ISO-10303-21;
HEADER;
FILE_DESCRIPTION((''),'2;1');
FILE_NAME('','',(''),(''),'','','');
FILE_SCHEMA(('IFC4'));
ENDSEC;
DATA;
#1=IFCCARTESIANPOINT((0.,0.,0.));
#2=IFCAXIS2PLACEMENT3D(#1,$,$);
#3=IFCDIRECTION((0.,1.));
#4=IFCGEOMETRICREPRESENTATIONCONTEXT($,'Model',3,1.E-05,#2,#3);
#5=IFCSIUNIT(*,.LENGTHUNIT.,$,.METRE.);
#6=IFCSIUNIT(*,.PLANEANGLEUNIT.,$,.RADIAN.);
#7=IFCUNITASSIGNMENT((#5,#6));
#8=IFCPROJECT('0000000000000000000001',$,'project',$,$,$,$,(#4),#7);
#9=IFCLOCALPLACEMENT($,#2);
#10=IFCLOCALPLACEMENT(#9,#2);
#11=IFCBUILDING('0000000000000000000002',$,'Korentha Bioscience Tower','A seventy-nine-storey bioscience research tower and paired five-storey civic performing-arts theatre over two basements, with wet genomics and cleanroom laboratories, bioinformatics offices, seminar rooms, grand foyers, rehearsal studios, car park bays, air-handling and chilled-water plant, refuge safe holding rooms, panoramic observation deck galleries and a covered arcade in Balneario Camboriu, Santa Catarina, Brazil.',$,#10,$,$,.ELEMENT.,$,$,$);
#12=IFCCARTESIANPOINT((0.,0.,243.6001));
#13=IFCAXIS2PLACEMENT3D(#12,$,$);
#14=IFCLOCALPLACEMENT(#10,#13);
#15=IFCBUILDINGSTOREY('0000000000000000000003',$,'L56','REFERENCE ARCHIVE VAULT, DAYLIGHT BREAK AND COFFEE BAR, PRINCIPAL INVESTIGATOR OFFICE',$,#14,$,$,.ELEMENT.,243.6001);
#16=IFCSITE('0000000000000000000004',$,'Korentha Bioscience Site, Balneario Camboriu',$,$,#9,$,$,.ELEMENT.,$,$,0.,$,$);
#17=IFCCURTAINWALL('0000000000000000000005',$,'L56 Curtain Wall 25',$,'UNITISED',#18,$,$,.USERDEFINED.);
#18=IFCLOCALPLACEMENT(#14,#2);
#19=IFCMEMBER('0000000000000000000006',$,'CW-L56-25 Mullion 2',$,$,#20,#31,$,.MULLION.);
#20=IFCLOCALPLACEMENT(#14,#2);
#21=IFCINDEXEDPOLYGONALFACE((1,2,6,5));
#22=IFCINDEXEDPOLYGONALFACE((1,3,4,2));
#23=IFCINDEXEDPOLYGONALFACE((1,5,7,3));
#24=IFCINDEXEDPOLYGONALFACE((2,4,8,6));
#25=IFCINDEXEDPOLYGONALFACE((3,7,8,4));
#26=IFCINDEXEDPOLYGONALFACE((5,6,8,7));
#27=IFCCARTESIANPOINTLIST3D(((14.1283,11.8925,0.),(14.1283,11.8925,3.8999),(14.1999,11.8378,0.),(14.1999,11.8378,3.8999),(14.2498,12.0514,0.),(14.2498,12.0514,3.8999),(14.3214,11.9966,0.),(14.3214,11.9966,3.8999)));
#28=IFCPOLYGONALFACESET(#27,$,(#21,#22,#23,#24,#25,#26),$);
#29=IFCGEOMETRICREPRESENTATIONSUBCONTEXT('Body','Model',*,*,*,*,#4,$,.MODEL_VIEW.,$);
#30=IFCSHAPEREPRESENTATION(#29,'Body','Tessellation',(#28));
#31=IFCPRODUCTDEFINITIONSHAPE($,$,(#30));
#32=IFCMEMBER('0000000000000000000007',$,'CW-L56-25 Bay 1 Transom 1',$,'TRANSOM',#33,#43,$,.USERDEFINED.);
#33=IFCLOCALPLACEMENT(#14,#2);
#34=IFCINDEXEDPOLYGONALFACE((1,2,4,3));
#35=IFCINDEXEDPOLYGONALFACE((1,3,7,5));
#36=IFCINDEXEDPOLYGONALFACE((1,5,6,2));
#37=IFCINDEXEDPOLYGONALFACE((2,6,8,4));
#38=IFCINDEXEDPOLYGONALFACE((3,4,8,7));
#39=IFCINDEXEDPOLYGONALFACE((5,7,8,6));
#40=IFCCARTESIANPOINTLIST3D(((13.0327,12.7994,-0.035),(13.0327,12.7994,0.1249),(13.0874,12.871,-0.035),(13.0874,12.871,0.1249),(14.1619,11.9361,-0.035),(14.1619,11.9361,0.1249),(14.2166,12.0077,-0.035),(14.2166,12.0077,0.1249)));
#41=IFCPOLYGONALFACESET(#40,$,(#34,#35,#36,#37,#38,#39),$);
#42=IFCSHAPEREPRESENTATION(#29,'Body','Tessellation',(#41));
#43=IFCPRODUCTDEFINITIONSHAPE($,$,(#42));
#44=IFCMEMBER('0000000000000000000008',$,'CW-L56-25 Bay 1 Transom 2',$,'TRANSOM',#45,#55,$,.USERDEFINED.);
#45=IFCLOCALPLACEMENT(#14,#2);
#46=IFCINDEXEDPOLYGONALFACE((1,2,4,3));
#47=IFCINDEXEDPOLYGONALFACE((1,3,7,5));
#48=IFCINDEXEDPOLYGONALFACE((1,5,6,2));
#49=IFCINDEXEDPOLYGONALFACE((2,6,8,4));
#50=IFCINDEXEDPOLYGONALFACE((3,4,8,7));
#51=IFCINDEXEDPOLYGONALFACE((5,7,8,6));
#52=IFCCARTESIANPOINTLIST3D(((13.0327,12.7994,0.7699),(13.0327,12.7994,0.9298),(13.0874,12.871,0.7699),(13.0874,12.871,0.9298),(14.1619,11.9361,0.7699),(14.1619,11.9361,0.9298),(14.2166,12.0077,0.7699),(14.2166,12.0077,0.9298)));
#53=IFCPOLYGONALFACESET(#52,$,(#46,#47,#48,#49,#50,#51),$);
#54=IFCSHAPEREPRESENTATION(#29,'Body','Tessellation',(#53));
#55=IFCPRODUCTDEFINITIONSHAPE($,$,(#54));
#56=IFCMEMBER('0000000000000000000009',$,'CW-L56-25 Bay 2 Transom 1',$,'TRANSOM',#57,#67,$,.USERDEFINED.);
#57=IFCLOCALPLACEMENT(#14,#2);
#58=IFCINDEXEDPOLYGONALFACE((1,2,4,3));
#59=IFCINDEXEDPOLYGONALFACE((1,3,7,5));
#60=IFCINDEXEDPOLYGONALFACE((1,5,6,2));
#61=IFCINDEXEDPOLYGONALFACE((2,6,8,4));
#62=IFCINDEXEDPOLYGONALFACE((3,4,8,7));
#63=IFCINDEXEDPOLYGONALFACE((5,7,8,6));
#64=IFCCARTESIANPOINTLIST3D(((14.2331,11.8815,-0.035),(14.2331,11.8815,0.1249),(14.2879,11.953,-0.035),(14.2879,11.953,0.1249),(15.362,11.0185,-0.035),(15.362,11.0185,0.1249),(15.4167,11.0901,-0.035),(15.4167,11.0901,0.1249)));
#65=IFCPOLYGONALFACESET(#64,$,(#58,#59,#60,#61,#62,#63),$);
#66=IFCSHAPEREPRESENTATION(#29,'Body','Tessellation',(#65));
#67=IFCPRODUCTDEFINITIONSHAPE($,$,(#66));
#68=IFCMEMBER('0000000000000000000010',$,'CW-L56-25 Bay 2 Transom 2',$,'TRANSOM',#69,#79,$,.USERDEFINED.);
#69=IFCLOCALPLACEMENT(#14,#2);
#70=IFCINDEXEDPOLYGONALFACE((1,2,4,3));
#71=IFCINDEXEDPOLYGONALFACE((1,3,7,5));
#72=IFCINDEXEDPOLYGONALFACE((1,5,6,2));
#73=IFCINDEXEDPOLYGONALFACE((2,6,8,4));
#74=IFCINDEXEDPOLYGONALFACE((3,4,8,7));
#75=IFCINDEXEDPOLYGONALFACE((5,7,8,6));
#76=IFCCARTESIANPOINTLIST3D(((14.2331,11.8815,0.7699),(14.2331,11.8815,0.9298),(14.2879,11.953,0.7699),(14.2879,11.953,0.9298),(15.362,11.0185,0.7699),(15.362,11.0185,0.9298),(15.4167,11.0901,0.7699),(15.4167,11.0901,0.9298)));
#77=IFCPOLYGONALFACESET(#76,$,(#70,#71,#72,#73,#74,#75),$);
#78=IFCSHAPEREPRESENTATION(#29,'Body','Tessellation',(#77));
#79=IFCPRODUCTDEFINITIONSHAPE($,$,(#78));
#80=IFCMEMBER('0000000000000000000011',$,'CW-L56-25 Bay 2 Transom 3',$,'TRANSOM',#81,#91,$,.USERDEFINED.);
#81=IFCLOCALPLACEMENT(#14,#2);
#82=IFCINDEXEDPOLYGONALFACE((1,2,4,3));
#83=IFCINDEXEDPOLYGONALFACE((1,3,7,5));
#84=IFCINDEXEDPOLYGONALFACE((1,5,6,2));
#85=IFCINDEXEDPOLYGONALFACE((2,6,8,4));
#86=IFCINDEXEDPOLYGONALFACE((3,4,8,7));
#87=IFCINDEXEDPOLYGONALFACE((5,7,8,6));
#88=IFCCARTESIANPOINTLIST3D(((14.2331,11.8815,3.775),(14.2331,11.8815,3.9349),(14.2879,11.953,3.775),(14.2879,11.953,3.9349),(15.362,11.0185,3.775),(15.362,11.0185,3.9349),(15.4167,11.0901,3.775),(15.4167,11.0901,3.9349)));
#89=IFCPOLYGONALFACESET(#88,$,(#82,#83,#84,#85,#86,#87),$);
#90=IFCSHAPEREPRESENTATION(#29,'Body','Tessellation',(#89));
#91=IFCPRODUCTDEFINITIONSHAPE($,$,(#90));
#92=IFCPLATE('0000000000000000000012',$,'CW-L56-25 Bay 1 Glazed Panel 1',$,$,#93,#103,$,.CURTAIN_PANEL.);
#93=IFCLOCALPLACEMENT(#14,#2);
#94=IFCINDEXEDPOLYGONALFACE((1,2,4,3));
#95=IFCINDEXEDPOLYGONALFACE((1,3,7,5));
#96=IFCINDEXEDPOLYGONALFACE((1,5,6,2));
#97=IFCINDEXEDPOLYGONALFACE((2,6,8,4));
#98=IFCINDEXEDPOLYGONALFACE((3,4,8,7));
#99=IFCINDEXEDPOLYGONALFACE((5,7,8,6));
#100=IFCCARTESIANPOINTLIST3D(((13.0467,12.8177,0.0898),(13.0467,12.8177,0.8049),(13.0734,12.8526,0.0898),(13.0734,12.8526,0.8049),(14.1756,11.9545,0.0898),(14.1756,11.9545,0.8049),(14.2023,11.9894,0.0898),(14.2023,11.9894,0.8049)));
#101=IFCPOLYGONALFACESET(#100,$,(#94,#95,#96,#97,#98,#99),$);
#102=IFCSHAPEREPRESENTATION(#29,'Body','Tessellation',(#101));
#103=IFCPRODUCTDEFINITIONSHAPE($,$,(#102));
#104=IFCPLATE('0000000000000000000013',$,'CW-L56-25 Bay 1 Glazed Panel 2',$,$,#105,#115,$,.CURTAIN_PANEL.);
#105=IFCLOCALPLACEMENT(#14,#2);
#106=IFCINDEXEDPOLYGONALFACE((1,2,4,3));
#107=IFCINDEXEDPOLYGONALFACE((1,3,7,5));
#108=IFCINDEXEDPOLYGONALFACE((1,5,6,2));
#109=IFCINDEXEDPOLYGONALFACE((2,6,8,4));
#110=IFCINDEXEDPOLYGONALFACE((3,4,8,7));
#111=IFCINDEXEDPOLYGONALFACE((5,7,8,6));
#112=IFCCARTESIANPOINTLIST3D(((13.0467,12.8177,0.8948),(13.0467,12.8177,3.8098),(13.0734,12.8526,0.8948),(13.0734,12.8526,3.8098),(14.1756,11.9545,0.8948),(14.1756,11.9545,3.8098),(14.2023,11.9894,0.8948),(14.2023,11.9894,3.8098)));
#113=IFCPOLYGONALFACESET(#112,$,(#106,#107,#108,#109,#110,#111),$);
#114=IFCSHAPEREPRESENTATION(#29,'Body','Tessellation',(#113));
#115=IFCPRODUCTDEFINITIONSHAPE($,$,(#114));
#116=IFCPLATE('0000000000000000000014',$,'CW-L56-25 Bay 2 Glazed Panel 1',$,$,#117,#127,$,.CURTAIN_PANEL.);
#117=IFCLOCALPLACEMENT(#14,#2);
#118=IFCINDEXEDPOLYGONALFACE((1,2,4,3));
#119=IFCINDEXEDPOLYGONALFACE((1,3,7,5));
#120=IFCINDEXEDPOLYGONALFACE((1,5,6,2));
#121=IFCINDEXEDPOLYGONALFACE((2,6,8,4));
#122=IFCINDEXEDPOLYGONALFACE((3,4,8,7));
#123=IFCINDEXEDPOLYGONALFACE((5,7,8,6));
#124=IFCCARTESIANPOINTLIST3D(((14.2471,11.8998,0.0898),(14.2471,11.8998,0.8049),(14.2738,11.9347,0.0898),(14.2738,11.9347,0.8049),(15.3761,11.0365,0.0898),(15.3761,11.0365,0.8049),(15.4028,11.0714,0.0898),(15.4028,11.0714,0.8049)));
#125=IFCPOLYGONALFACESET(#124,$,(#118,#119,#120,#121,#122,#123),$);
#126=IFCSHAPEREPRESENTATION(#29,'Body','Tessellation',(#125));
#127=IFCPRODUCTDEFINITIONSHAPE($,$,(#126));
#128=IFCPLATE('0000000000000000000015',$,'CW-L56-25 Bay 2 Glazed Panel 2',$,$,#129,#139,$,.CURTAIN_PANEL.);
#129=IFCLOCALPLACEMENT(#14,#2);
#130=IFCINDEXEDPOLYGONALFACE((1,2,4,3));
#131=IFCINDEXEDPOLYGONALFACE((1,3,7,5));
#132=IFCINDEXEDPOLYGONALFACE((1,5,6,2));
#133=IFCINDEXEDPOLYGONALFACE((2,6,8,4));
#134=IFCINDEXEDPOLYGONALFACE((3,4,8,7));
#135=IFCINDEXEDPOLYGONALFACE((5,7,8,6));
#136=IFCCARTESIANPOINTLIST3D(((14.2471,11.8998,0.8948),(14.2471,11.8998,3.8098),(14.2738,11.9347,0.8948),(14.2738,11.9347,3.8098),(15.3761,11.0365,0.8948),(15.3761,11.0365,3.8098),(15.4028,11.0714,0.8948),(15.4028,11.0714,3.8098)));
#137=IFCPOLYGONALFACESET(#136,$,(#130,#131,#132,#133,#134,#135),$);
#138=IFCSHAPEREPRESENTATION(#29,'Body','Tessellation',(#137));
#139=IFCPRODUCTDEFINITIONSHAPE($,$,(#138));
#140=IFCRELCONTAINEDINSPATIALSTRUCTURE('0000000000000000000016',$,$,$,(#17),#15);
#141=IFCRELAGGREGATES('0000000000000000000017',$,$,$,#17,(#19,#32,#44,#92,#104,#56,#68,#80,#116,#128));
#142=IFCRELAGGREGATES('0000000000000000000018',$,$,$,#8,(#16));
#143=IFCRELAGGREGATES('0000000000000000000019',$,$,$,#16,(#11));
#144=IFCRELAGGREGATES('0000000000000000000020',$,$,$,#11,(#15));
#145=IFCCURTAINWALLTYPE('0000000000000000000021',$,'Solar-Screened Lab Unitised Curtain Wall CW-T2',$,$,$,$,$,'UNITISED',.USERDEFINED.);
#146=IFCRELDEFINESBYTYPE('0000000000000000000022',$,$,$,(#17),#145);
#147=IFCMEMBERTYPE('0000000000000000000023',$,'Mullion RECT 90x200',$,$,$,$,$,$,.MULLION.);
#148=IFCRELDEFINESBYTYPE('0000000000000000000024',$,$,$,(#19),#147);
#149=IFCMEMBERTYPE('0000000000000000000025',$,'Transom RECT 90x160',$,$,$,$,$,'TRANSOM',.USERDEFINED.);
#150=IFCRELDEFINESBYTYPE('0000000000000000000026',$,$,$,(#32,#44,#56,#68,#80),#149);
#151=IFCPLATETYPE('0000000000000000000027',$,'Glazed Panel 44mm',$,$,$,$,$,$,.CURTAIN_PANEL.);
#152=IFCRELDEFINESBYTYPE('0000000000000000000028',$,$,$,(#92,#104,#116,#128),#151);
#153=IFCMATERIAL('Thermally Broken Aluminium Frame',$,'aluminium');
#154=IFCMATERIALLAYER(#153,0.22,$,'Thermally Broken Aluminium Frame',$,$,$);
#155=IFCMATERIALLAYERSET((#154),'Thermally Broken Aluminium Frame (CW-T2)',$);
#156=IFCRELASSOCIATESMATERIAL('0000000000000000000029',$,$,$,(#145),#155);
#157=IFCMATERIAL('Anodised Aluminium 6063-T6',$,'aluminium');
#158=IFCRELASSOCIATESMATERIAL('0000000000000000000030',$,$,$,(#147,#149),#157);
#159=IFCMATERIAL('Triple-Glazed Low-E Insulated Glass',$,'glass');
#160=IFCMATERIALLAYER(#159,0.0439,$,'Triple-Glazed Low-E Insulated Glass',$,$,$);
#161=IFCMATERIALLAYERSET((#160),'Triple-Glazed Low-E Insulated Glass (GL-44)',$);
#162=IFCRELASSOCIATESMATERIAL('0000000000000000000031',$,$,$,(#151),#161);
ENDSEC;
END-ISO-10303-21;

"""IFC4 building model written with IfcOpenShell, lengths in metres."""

from ifc_helpers import new_model, si_unit, direction, frame, origin, origin_2d, place, context, subcontext, project, spatial, rectangle, extrude, material, layer, layer_set, material_profile, profile_set, type_object, element, aggregate, save


model = new_model("IFC4")

# Units and contexts
model_context = context("Model", 3, precision=1e-05, world=origin(), true_north=direction((0.0, 1.0)))
body_context = subcontext(model_context, "Body", "Model", "MODEL_VIEW")
ifc_project = project(units=[si_unit("LENGTHUNIT", "METRE"), si_unit("PLANEANGLEUNIT", "RADIAN")], contexts=[model_context])

# Site, building, storey
site_placement = place(None, origin())
site = spatial("IfcSite", under=ifc_project, at=site_placement, Name="Korentha Bioscience Site, Balneario Camboriu", CompositionType="ELEMENT", RefElevation=0.0)
building_placement = place(site_placement, origin())
building = spatial("IfcBuilding", under=site, at=building_placement, Name="Korentha Bioscience Tower", Description="A seventy-nine-storey bioscience research tower and paired five-storey civic performing-arts theatre over two basements, with wet genomics and cleanroom laboratories, bioinformatics offices, seminar rooms, grand foyers, rehearsal studios, car park bays, air-handling and chilled-water plant, refuge safe holding rooms, panoramic observation deck galleries and a covered arcade in Balneario Camboriu, Santa Catarina, Brazil.", CompositionType="ELEMENT")
storey_placement = place(building_placement, frame((0.0, 0.0, 243.6001)))
storey = spatial("IfcBuildingStorey", under=building, at=storey_placement, Name="L56", Description="REFERENCE ARCHIVE VAULT, DAYLIGHT BREAK AND COFFEE BAR, PRINCIPAL INVESTIGATOR OFFICE", CompositionType="ELEMENT", Elevation=243.6001)

# Curtain wall, members, plates
ifc_material_1 = material(Name="Thermally Broken Aluminium Frame", Category="aluminium")
ifc_layer_1 = layer(ifc_material_1, 0.22, Name="Thermally Broken Aluminium Frame")
ifc_layer_set_1 = layer_set([ifc_layer_1], Name="Thermally Broken Aluminium Frame (CW-T2)")
curtain_wall_type = type_object("IfcCurtainWallType", Name="Solar-Screened Lab Unitised Curtain Wall CW-T2", ElementType="UNITISED", PredefinedType="USERDEFINED", material=ifc_layer_set_1)
curtain_wall_placement = place(storey_placement, origin())
curtain_wall = element("IfcCurtainWall", 1, at=curtain_wall_placement, inside=storey, type_object=curtain_wall_type, Name="L56 Curtain Wall 25", ObjectType="UNITISED", PredefinedType="USERDEFINED")
ifc_material_2 = material(Name="Anodised Aluminium 6063-T6", Category="aluminium")
ifc_material_profile_1 = material_profile(ifc_material_2, rectangle(XDim=0.0901, YDim=0.2, at=origin_2d()), Name="Anodised Aluminium 6063-T6")
ifc_profile_set_1 = profile_set([ifc_material_profile_1], Name="Anodised Aluminium 6063-T6 (CW-MUL)")
member_type_1 = type_object("IfcMemberType", Name="Mullion RECT 90x200", PredefinedType="MULLION", material=ifc_profile_set_1)
member_1_placement = place(storey_placement, frame((14.2249, 11.9446, 0.0), z_axis=(0.0, 0.0, 1.0), x_axis=(0.794382, -0.607418, 0.0)))
member_1 = element("IfcMember", 2, at=member_1_placement, type_object=member_type_1, Name="CW-L56-25 Mullion 2", PredefinedType="MULLION", context=body_context, shape_type="SweptSolid", body=[
    extrude(rectangle(XDim=0.0901, YDim=0.2, at=origin_2d()), origin(), (0.0, 0.0, 1.0), 3.8999),
])
ifc_material_profile_2 = material_profile(ifc_material_2, rectangle(XDim=0.0901, YDim=0.1599, at=origin_2d()), Name="Anodised Aluminium 6063-T6")
ifc_profile_set_2 = profile_set([ifc_material_profile_2], Name="Anodised Aluminium 6063-T6 (CW-TRN)")
member_type_2 = type_object("IfcMemberType", Name="Transom RECT 90x160", ElementType="TRANSOM", PredefinedType="USERDEFINED", material=ifc_profile_set_2)
member_2_placement = place(storey_placement, frame((13.0601, 12.8352, 0.0449), z_axis=(0.794421, -0.607367, 0.0), x_axis=(0.607367, 0.794421, 0.0)))
member_2 = element("IfcMember", 3, at=member_2_placement, type_object=member_type_2, Name="CW-L56-25 Bay 1 Transom 1", ObjectType="TRANSOM", PredefinedType="USERDEFINED", context=body_context, shape_type="SweptSolid", body=[
    extrude(rectangle(XDim=0.0901, YDim=0.1599, at=origin_2d()), origin(), (0.0, 0.0, 1.0), 1.4214),
])
member_3_placement = place(storey_placement, frame((13.0601, 12.8352, 0.8499), z_axis=(0.794421, -0.607367, 0.0), x_axis=(0.607367, 0.794421, 0.0)))
member_3 = element("IfcMember", 4, at=member_3_placement, type_object=member_type_2, Name="CW-L56-25 Bay 1 Transom 2", ObjectType="TRANSOM", PredefinedType="USERDEFINED", context=body_context, shape_type="SweptSolid", body=[
    extrude(rectangle(XDim=0.0901, YDim=0.1599, at=origin_2d()), origin(), (0.0, 0.0, 1.0), 1.4214),
])
member_4_placement = place(storey_placement, frame((14.2605, 11.9172, 0.0449), z_axis=(0.794441, -0.607342, 0.0), x_axis=(0.607342, 0.794441, 0.0)))
member_4 = element("IfcMember", 5, at=member_4_placement, type_object=member_type_2, Name="CW-L56-25 Bay 2 Transom 1", ObjectType="TRANSOM", PredefinedType="USERDEFINED", context=body_context, shape_type="SweptSolid", body=[
    extrude(rectangle(XDim=0.0901, YDim=0.1599, at=origin_2d()), origin(), (0.0, 0.0, 1.0), 1.4209),
])
member_5_placement = place(storey_placement, frame((14.2605, 11.9172, 0.8499), z_axis=(0.794441, -0.607342, 0.0), x_axis=(0.607342, 0.794441, 0.0)))
member_5 = element("IfcMember", 6, at=member_5_placement, type_object=member_type_2, Name="CW-L56-25 Bay 2 Transom 2", ObjectType="TRANSOM", PredefinedType="USERDEFINED", context=body_context, shape_type="SweptSolid", body=[
    extrude(rectangle(XDim=0.0901, YDim=0.1599, at=origin_2d()), origin(), (0.0, 0.0, 1.0), 1.4209),
])
member_6_placement = place(storey_placement, frame((14.2605, 11.9172, 3.855), z_axis=(0.794441, -0.607342, 0.0), x_axis=(0.607342, 0.794441, 0.0)))
member_6 = element("IfcMember", 7, at=member_6_placement, type_object=member_type_2, Name="CW-L56-25 Bay 2 Transom 3", ObjectType="TRANSOM", PredefinedType="USERDEFINED", context=body_context, shape_type="SweptSolid", body=[
    extrude(rectangle(XDim=0.0901, YDim=0.1599, at=origin_2d()), origin(), (0.0, 0.0, 1.0), 1.4209),
])
ifc_material_3 = material(Name="Triple-Glazed Low-E Insulated Glass", Category="glass")
ifc_layer_2 = layer(ifc_material_3, 0.0439, Name="Triple-Glazed Low-E Insulated Glass")
ifc_layer_set_2 = layer_set([ifc_layer_2], Name="Triple-Glazed Low-E Insulated Glass (GL-44)")
plate_type = type_object("IfcPlateType", Name="Glazed Panel 44mm", PredefinedType="CURTAIN_PANEL", material=ifc_layer_set_2)
plate_1_placement = place(storey_placement, frame((13.6245, 12.4036, 0.0898), z_axis=(0.0, 0.0, 1.0), x_axis=(0.794382, -0.607418, 0.0)))
plate_1 = element("IfcPlate", 8, at=plate_1_placement, type_object=plate_type, Name="CW-L56-25 Bay 1 Glazed Panel 1", PredefinedType="CURTAIN_PANEL", context=body_context, shape_type="SweptSolid", body=[
    extrude(rectangle(XDim=1.4211, YDim=0.0439, at=origin_2d()), origin(), (0.0, 0.0, 1.0), 0.7151),
])
plate_2_placement = place(storey_placement, frame((13.6245, 12.4036, 0.8948), z_axis=(0.0, 0.0, 1.0), x_axis=(0.794382, -0.607418, 0.0)))
plate_2 = element("IfcPlate", 9, at=plate_2_placement, type_object=plate_type, Name="CW-L56-25 Bay 1 Glazed Panel 2", PredefinedType="CURTAIN_PANEL", context=body_context, shape_type="SweptSolid", body=[
    extrude(rectangle(XDim=1.4211, YDim=0.0439, at=origin_2d()), origin(), (0.0, 0.0, 1.0), 2.915),
])
plate_3_placement = place(storey_placement, frame((14.825, 11.4856, 0.0898), z_axis=(0.0, 0.0, 1.0), x_axis=(0.794382, -0.607418, 0.0)))
plate_3 = element("IfcPlate", 10, at=plate_3_placement, type_object=plate_type, Name="CW-L56-25 Bay 2 Glazed Panel 1", PredefinedType="CURTAIN_PANEL", context=body_context, shape_type="SweptSolid", body=[
    extrude(rectangle(XDim=1.4211, YDim=0.0439, at=origin_2d()), origin(), (0.0, 0.0, 1.0), 0.7151),
])
plate_4_placement = place(storey_placement, frame((14.825, 11.4856, 0.8948), z_axis=(0.0, 0.0, 1.0), x_axis=(0.794382, -0.607418, 0.0)))
plate_4 = element("IfcPlate", 11, at=plate_4_placement, type_object=plate_type, Name="CW-L56-25 Bay 2 Glazed Panel 2", PredefinedType="CURTAIN_PANEL", context=body_context, shape_type="SweptSolid", body=[
    extrude(rectangle(XDim=1.4211, YDim=0.0439, at=origin_2d()), origin(), (0.0, 0.0, 1.0), 2.915),
])
aggregate(curtain_wall, [member_1, member_2, member_3, plate_1, plate_2, member_4, member_5, member_6, plate_3, plate_4])

save(model, "model.ifc")
